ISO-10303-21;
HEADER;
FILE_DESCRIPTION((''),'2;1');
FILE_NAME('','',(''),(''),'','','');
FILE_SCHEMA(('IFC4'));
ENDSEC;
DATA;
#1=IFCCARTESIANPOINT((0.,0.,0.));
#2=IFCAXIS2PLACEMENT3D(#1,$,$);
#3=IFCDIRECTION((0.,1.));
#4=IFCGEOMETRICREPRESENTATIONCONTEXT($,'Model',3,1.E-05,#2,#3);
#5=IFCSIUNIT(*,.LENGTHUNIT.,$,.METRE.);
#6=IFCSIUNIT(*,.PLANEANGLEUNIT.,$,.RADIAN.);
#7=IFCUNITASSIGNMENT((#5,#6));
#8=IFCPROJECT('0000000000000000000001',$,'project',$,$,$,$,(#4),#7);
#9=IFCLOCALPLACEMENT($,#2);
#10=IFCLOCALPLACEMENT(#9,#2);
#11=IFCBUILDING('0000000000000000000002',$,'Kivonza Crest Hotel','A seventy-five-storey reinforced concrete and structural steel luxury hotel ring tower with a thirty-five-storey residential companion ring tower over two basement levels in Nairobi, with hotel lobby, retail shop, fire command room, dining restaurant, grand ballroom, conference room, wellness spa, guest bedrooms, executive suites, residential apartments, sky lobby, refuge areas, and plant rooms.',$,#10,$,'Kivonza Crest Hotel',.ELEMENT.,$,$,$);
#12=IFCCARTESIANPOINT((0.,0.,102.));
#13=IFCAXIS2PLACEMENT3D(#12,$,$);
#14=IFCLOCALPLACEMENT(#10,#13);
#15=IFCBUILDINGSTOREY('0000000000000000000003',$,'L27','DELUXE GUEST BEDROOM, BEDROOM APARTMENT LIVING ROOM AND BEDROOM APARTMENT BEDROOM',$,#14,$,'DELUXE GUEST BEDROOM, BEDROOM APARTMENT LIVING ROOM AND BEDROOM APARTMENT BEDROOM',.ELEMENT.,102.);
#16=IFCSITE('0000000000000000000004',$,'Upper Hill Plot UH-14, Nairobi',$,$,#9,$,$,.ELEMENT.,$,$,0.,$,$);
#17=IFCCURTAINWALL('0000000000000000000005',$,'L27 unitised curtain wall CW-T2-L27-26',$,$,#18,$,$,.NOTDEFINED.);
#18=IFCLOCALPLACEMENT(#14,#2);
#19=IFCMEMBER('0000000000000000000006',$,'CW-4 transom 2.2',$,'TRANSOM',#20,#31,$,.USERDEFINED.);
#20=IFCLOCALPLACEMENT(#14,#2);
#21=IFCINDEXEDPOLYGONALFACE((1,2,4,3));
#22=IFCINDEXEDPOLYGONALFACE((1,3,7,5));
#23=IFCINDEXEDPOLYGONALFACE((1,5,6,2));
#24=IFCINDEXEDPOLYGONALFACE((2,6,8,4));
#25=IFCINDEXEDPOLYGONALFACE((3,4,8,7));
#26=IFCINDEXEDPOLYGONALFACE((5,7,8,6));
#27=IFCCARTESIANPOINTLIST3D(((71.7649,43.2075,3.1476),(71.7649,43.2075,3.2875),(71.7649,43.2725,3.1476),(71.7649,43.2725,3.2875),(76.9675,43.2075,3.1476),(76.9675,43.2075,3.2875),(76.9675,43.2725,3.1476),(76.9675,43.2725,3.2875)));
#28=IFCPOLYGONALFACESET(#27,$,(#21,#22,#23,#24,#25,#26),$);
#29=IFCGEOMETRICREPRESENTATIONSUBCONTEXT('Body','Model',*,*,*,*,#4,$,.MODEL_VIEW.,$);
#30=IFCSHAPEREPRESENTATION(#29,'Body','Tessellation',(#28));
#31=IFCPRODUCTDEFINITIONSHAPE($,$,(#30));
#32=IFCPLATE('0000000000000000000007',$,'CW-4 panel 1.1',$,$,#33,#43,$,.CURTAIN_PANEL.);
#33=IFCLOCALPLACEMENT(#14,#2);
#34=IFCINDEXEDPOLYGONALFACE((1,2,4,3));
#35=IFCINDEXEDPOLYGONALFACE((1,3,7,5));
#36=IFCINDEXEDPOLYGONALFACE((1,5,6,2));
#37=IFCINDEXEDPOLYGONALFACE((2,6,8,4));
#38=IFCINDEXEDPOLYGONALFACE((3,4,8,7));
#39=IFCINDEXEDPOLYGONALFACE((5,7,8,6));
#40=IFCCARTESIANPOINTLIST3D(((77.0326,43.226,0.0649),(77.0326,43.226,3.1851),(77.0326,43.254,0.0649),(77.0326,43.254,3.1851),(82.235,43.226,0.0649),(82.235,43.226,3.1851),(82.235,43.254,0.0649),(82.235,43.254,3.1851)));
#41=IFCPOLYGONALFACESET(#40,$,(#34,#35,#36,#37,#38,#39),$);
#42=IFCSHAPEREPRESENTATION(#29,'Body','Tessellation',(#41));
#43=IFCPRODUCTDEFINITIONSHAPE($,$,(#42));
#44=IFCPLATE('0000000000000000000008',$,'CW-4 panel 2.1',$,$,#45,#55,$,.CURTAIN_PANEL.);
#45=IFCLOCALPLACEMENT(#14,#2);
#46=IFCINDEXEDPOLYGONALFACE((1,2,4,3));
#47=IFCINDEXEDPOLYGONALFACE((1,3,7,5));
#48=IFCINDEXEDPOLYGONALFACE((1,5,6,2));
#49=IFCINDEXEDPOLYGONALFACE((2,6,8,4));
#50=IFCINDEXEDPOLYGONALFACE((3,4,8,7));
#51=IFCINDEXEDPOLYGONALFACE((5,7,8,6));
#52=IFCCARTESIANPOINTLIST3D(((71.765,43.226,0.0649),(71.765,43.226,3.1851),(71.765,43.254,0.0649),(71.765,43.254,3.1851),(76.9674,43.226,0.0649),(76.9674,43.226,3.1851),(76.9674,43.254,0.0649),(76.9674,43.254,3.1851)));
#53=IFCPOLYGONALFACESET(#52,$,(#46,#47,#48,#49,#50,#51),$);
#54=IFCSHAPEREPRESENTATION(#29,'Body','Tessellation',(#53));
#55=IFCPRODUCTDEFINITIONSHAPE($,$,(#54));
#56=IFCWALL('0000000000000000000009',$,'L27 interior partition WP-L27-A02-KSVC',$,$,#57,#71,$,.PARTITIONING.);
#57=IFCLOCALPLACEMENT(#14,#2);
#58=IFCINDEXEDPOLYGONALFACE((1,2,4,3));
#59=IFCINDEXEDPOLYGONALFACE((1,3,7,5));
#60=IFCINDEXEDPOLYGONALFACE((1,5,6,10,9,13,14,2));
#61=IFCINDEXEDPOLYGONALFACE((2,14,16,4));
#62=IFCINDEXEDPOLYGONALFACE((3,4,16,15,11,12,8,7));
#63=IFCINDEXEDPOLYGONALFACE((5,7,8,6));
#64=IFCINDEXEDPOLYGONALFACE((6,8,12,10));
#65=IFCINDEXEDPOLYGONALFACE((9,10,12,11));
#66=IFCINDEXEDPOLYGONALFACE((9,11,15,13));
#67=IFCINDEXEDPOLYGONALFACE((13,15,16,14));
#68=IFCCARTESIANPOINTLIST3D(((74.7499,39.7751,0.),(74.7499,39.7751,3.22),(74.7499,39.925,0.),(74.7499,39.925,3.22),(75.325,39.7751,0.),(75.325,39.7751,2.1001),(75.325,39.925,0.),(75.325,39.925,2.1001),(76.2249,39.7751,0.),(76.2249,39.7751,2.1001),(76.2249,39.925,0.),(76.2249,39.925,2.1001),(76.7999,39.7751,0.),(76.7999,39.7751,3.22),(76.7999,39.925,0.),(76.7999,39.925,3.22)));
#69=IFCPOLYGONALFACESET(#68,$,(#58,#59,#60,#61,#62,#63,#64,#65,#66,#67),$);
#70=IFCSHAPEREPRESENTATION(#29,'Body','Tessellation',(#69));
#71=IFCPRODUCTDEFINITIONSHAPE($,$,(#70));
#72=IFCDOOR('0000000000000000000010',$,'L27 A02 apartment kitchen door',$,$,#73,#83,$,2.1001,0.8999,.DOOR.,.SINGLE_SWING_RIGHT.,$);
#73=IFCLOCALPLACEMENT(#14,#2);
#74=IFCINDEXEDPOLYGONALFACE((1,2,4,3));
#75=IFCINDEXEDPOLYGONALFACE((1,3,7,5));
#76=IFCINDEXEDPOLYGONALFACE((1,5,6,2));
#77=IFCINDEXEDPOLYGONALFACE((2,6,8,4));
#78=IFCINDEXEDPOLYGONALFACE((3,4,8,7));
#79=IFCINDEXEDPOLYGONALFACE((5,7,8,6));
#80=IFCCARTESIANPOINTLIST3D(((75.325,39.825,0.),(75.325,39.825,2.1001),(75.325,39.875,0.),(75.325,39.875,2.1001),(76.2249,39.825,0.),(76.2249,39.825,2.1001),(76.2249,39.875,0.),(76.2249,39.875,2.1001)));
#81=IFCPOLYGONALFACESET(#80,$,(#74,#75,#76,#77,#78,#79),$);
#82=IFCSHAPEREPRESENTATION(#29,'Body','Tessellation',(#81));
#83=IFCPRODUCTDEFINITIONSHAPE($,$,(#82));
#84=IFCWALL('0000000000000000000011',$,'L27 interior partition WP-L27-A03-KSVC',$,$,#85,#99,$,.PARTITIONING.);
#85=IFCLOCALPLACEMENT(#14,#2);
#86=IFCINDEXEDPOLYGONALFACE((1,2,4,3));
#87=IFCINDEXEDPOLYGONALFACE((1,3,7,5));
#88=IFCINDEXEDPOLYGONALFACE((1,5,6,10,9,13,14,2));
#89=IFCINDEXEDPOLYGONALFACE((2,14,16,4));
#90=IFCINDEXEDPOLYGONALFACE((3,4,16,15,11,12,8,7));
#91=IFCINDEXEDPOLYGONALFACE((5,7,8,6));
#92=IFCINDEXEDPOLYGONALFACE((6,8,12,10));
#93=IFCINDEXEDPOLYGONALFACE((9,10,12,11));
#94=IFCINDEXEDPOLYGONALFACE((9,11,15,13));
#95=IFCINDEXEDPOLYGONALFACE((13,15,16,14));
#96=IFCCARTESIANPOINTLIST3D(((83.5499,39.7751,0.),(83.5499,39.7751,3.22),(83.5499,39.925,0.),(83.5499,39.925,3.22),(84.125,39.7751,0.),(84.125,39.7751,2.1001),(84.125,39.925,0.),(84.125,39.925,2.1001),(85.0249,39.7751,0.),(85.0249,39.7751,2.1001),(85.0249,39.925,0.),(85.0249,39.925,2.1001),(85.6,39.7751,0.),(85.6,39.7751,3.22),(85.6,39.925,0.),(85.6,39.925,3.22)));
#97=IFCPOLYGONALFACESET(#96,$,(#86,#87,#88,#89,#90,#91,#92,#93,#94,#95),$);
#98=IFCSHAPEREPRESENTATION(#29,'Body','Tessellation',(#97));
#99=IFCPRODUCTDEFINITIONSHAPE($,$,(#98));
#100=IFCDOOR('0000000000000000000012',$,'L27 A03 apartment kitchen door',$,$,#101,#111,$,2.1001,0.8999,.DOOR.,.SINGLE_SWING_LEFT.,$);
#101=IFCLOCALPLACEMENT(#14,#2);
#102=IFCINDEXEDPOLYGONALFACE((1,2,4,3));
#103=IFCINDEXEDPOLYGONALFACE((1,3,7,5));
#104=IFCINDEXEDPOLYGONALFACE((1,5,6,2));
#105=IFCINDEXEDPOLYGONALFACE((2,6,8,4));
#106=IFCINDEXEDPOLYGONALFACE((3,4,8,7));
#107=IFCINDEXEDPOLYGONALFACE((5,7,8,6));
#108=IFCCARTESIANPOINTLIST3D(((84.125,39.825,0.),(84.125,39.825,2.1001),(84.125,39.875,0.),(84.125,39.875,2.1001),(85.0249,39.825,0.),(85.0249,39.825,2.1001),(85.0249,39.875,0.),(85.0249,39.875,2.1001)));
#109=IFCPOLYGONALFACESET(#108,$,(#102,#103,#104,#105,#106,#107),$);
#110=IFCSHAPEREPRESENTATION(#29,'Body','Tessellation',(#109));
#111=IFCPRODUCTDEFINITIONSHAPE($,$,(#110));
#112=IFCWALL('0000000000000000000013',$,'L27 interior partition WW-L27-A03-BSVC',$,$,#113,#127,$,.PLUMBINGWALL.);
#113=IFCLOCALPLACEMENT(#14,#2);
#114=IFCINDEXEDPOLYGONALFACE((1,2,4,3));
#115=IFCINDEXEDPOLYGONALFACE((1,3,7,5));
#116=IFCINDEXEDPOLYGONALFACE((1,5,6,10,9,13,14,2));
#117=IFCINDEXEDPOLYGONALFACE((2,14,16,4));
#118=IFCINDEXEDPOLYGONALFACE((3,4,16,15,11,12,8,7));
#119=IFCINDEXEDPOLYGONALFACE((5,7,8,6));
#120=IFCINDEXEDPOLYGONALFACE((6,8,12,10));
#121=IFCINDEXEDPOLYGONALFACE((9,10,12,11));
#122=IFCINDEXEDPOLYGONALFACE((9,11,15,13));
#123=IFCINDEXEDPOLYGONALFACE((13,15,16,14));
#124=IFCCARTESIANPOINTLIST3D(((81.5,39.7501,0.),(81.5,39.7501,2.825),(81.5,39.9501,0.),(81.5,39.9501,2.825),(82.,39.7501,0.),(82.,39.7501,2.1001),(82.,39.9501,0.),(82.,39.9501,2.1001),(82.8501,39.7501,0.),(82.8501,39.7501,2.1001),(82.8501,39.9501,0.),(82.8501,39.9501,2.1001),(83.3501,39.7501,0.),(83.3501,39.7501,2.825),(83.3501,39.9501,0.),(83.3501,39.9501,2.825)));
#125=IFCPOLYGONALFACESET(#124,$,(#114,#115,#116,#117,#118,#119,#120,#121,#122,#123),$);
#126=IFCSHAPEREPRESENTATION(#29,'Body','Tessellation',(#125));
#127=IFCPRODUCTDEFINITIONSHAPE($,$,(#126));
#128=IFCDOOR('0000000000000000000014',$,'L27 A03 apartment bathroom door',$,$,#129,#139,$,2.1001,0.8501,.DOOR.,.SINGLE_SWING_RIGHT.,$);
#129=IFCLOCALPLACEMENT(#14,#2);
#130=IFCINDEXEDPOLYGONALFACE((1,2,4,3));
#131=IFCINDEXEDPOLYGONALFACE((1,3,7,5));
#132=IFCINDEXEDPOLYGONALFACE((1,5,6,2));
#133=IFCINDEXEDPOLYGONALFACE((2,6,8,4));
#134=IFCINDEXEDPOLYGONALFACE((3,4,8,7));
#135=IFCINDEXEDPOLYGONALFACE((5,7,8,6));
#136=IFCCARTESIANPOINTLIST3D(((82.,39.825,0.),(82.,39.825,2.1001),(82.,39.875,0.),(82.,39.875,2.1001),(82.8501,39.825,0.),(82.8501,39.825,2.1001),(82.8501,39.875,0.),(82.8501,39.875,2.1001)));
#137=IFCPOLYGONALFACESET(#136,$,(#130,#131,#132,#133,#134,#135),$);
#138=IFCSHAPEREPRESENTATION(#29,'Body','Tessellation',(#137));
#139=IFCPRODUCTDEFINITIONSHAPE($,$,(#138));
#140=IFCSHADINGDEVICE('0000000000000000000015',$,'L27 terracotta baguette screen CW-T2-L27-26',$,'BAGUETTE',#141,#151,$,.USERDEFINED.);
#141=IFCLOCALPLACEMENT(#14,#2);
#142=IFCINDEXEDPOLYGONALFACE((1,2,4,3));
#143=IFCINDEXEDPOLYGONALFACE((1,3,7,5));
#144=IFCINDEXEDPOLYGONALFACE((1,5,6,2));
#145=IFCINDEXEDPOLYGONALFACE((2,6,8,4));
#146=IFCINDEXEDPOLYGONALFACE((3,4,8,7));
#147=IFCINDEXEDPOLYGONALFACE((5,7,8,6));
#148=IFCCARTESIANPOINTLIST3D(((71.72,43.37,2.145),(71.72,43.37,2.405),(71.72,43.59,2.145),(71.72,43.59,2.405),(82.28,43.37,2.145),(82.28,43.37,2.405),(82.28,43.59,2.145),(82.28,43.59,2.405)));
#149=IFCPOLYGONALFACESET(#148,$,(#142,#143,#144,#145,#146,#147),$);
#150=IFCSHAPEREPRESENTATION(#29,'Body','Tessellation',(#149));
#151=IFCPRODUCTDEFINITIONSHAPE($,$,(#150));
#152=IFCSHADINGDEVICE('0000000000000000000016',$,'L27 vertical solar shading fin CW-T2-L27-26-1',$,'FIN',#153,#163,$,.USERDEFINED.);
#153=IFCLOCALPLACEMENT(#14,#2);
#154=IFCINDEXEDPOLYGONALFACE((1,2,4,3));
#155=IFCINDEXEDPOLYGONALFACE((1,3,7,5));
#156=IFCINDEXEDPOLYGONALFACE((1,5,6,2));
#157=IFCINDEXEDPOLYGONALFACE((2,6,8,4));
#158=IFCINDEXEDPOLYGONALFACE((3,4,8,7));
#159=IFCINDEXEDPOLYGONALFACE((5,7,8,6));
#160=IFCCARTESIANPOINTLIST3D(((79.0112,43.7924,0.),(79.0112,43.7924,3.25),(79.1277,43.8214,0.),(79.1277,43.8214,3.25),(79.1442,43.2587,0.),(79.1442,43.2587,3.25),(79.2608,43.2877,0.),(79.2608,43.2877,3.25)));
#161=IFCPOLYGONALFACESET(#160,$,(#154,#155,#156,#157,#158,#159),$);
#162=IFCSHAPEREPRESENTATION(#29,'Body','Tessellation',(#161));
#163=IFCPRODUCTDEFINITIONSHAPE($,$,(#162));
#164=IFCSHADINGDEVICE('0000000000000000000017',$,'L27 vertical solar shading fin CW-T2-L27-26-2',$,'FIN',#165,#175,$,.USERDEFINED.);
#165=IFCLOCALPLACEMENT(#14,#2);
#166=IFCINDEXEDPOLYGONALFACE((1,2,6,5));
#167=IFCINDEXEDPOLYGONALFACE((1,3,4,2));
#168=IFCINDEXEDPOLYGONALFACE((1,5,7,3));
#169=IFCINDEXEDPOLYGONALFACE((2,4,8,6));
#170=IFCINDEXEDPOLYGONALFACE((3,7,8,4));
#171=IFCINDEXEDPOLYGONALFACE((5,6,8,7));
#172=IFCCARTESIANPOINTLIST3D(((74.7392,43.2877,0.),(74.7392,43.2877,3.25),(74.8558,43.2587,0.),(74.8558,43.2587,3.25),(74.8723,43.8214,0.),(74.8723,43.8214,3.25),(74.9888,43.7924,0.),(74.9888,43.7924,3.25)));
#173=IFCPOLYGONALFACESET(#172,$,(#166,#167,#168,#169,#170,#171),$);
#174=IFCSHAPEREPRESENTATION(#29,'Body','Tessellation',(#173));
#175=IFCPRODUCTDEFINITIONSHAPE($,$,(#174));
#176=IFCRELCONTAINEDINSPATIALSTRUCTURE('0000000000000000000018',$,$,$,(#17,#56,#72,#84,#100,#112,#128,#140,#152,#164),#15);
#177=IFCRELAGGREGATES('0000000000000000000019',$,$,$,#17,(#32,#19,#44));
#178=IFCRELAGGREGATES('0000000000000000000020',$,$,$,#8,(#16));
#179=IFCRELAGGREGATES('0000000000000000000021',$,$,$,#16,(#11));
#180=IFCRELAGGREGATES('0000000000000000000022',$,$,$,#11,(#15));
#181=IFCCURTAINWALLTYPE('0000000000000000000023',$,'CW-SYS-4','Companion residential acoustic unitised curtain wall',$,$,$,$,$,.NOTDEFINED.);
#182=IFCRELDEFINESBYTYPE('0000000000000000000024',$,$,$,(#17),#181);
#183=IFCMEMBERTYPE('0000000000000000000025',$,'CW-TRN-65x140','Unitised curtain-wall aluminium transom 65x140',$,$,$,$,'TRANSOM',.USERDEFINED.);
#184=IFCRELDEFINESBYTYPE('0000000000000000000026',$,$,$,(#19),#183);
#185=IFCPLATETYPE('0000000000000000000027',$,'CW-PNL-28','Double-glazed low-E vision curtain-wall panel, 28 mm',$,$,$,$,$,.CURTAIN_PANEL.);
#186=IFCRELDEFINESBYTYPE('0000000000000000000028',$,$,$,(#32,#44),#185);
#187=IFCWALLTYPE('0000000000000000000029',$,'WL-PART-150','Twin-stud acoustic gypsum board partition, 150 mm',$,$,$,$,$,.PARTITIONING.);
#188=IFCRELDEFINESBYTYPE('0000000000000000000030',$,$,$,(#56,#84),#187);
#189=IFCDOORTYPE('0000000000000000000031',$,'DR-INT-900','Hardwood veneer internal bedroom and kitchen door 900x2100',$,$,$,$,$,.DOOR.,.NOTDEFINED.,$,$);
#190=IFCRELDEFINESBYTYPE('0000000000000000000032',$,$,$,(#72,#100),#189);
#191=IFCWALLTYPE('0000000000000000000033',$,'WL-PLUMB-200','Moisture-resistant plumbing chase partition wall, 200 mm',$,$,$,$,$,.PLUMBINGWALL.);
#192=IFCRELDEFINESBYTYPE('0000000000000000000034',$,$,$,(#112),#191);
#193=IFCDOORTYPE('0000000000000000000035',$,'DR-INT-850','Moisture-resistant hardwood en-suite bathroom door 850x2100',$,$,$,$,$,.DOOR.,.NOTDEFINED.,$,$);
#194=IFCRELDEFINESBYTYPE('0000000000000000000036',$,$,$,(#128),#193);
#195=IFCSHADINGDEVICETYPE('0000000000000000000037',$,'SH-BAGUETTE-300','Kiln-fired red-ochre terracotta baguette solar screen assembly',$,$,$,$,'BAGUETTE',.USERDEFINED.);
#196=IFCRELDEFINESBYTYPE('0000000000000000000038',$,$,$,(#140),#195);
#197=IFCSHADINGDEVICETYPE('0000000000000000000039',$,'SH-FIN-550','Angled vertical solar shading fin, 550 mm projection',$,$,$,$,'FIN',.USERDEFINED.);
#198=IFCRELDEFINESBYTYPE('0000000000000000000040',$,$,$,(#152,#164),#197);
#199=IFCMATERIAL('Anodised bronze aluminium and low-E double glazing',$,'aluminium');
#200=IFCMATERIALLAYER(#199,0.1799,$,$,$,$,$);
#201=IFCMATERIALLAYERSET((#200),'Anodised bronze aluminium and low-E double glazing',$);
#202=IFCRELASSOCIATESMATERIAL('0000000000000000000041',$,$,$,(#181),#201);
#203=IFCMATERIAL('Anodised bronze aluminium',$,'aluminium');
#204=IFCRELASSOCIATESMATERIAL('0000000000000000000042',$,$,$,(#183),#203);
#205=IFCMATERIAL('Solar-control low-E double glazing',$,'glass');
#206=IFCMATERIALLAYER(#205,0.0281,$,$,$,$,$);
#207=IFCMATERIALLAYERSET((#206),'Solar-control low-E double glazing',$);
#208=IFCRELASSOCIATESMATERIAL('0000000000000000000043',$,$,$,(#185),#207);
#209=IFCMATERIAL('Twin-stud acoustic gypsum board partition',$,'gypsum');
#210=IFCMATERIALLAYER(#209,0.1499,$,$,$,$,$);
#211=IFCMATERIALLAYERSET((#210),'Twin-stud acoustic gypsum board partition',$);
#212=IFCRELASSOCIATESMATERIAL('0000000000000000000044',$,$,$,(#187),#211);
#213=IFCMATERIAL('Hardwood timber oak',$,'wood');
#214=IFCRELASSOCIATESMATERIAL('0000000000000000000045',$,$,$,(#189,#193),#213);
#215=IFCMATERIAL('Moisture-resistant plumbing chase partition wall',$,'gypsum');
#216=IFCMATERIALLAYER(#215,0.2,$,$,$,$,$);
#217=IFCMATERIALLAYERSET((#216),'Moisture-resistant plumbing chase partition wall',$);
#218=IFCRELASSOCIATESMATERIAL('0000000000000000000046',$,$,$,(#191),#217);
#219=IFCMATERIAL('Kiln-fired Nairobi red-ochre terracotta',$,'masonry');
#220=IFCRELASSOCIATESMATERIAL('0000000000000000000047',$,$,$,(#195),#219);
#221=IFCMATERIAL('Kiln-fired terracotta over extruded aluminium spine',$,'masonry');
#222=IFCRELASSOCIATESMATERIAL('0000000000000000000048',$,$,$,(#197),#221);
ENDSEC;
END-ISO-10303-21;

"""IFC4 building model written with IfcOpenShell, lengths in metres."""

from ifc_helpers import new_model, si_unit, direction, frame, frame_2d, origin, origin_2d, place, context, subcontext, project, spatial, rectangle, extrude, material, layer, layer_set, material_profile, profile_set, type_object, element, fill, aggregate, save


model = new_model("IFC4")

# Units and contexts
model_context = context("Model", 3, precision=1e-05, world=origin(), true_north=direction((0.0, 1.0)))
body_context = subcontext(model_context, "Body", "Model", "MODEL_VIEW")
ifc_project = project(units=[si_unit("LENGTHUNIT", "METRE"), si_unit("PLANEANGLEUNIT", "RADIAN")], contexts=[model_context])

# Site, building, storey
site_placement = place(None, origin())
site = spatial("IfcSite", under=ifc_project, at=site_placement, Name="Upper Hill Plot UH-14, Nairobi", CompositionType="ELEMENT", RefElevation=0.0)
building_placement = place(site_placement, origin())
building = spatial("IfcBuilding", under=site, at=building_placement, Name="Kivonza Crest Hotel", Description="A seventy-five-storey reinforced concrete and structural steel luxury hotel ring tower with a thirty-five-storey residential companion ring tower over two basement levels in Nairobi, with hotel lobby, retail shop, fire command room, dining restaurant, grand ballroom, conference room, wellness spa, guest bedrooms, executive suites, residential apartments, sky lobby, refuge areas, and plant rooms.", LongName="Kivonza Crest Hotel", CompositionType="ELEMENT")
storey_placement = place(building_placement, frame((0.0, 0.0, 102.0)))
storey = spatial("IfcBuildingStorey", under=building, at=storey_placement, Name="L27", Description="DELUXE GUEST BEDROOM, BEDROOM APARTMENT LIVING ROOM AND BEDROOM APARTMENT BEDROOM", LongName="DELUXE GUEST BEDROOM, BEDROOM APARTMENT LIVING ROOM AND BEDROOM APARTMENT BEDROOM", CompositionType="ELEMENT", Elevation=102.0)

# Curtain wall, member, plates
ifc_material_1 = material(Name="Anodised bronze aluminium and low-E double glazing", Category="aluminium")
ifc_layer_1 = layer(ifc_material_1, 0.1799)
ifc_layer_set_1 = layer_set([ifc_layer_1], Name="Anodised bronze aluminium and low-E double glazing")
curtain_wall_type = type_object("IfcCurtainWallType", Name="CW-SYS-4", Description="Companion residential acoustic unitised curtain wall", PredefinedType="NOTDEFINED", material=ifc_layer_set_1)
curtain_wall_placement = place(storey_placement, origin())
curtain_wall = element("IfcCurtainWall", 1, at=curtain_wall_placement, inside=storey, type_object=curtain_wall_type, Name="L27 unitised curtain wall CW-T2-L27-26", PredefinedType="NOTDEFINED")
ifc_material_2 = material(Name="Anodised bronze aluminium", Category="aluminium")
ifc_material_profile_1 = material_profile(ifc_material_2, rectangle(XDim=0.0649, YDim=0.1399, at=origin_2d()), Name="CW-T 65x140")
ifc_profile_set_1 = profile_set([ifc_material_profile_1], Name="Anodised bronze aluminium")
member_type_1 = type_object("IfcMemberType", Name="CW-TRN-65x140", Description="Unitised curtain-wall aluminium transom 65x140", ElementType="TRANSOM", PredefinedType="USERDEFINED", material=ifc_profile_set_1)
member_1_placement = place(storey_placement, frame((76.9675, 43.24, 3.2175), z_axis=(-1.0, 0.0, 0.0), x_axis=(0.0, -1.0, 0.0)))
member_1 = element("IfcMember", 2, at=member_1_placement, type_object=member_type_1, Name="CW-4 transom 2.2", ObjectType="TRANSOM", PredefinedType="USERDEFINED", context=body_context, shape_type="SweptSolid", body=[
    extrude(rectangle(XDim=0.0649, YDim=0.1399, at=origin_2d()), origin(), (0.0, 0.0, 1.0), 5.2026),
])
ifc_material_3 = material(Name="Solar-control low-E double glazing", Category="glass")
ifc_layer_2 = layer(ifc_material_3, 0.0281)
ifc_layer_set_2 = layer_set([ifc_layer_2], Name="Solar-control low-E double glazing")
plate_type = type_object("IfcPlateType", Name="CW-PNL-28", Description="Double-glazed low-E vision curtain-wall panel, 28 mm", PredefinedType="CURTAIN_PANEL", material=ifc_layer_set_2)
plate_1_placement = place(storey_placement, frame((79.6338, 43.24, 0.0649), z_axis=(0.0, 0.0, 1.0), x_axis=(-1.0, 0.0, 0.0)))
plate_1 = element("IfcPlate", 3, at=plate_1_placement, type_object=plate_type, Name="CW-4 panel 1.1", PredefinedType="CURTAIN_PANEL", context=body_context, shape_type="SweptSolid", body=[
    extrude(rectangle(XDim=5.2024, YDim=0.0281, at=origin_2d()), origin(), (0.0, 0.0, 1.0), 3.1201),
])
plate_2_placement = place(storey_placement, frame((74.3662, 43.24, 0.0649), z_axis=(0.0, 0.0, 1.0), x_axis=(-1.0, 0.0, 0.0)))
plate_2 = element("IfcPlate", 4, at=plate_2_placement, type_object=plate_type, Name="CW-4 panel 2.1", PredefinedType="CURTAIN_PANEL", context=body_context, shape_type="SweptSolid", body=[
    extrude(rectangle(XDim=5.2024, YDim=0.0281, at=origin_2d()), origin(), (0.0, 0.0, 1.0), 3.1201),
])
aggregate(curtain_wall, [plate_1, member_1, plate_2])

# Walls, openings, doors
ifc_material_4 = material(Name="Twin-stud acoustic gypsum board partition", Category="gypsum")
ifc_layer_3 = layer(ifc_material_4, 0.1499)
ifc_layer_set_3 = layer_set([ifc_layer_3], Name="Twin-stud acoustic gypsum board partition")
wall_type_1 = type_object("IfcWallType", Name="WL-PART-150", Description="Twin-stud acoustic gypsum board partition, 150 mm", PredefinedType="PARTITIONING", material=ifc_layer_set_3)
wall_1_placement = place(storey_placement, frame((74.75, 39.8501, 0.0), z_axis=(0.0, 0.0, 1.0), x_axis=(1.0, 0.0, 0.0)))
wall_1 = element("IfcWall", 5, at=wall_1_placement, inside=storey, type_object=wall_type_1, Name="L27 interior partition WP-L27-A02-KSVC", PredefinedType="PARTITIONING", context=body_context, shape_type="SweptSolid", body=[
    extrude(rectangle(XDim=2.05, YDim=0.1499, at=frame_2d((1.0249, 0.0))), origin(), (0.0, 0.0, 1.0), 3.22),
])
opening_1_placement = place(wall_1_placement, frame((0.575, 0.0, 0.0)))
opening_1 = element("IfcOpeningElement", 6, at=opening_1_placement, cuts=wall_1, PredefinedType="OPENING", context=body_context, shape_type="SweptSolid", body=[
    extrude(rectangle(XDim=0.8999, YDim=2.1001, at=frame_2d((0.45, 1.05))), frame((0.0, 0.085, 0.0), z_axis=(0.0, -1.0, 0.0), x_axis=(1.0, 0.0, 0.0)), (0.0, 0.0, 1.0), 0.1699),
])
ifc_material_5 = material(Name="Hardwood timber oak", Category="wood")
door_type_1 = type_object("IfcDoorType", Name="DR-INT-900", Description="Hardwood veneer internal bedroom and kitchen door 900x2100", OperationType="NOTDEFINED", PredefinedType="DOOR", material=ifc_material_5)
door_1_placement = place(opening_1_placement, origin())
door_1 = element("IfcDoor", 7, at=door_1_placement, inside=storey, type_object=door_type_1, Name="L27 A02 apartment kitchen door", OperationType="SINGLE_SWING_RIGHT", OverallHeight=2.1001, OverallWidth=0.8999, PredefinedType="DOOR", context=body_context, shape_type="SweptSolid", body=[
    extrude(rectangle(XDim=0.8999, YDim=2.1001, at=frame_2d((0.45, 1.05))), frame((0.0, 0.0249, 0.0), z_axis=(0.0, -1.0, 0.0), x_axis=(1.0, 0.0, 0.0)), (0.0, 0.0, 1.0), 0.05),
])
fill(opening_1, door_1)
wall_2_placement = place(storey_placement, frame((83.55, 39.8501, 0.0), z_axis=(0.0, 0.0, 1.0), x_axis=(1.0, 0.0, 0.0)))
wall_2 = element("IfcWall", 8, at=wall_2_placement, inside=storey, type_object=wall_type_1, Name="L27 interior partition WP-L27-A03-KSVC", PredefinedType="PARTITIONING", context=body_context, shape_type="SweptSolid", body=[
    extrude(rectangle(XDim=2.05, YDim=0.1499, at=frame_2d((1.0249, 0.0))), origin(), (0.0, 0.0, 1.0), 3.22),
])
opening_2_placement = place(wall_2_placement, frame((0.575, 0.0, 0.0)))
opening_2 = element("IfcOpeningElement", 9, at=opening_2_placement, cuts=wall_2, PredefinedType="OPENING", context=body_context, shape_type="SweptSolid", body=[
    extrude(rectangle(XDim=0.8999, YDim=2.1001, at=frame_2d((0.45, 1.05))), frame((0.0, 0.085, 0.0), z_axis=(0.0, -1.0, 0.0), x_axis=(1.0, 0.0, 0.0)), (0.0, 0.0, 1.0), 0.1699),
])
door_2_placement = place(opening_2_placement, origin())
door_2 = element("IfcDoor", 10, at=door_2_placement, inside=storey, type_object=door_type_1, Name="L27 A03 apartment kitchen door", OperationType="SINGLE_SWING_LEFT", OverallHeight=2.1001, OverallWidth=0.8999, PredefinedType="DOOR", context=body_context, shape_type="SweptSolid", body=[
    extrude(rectangle(XDim=0.8999, YDim=2.1001, at=frame_2d((0.45, 1.05))), frame((0.0, 0.0249, 0.0), z_axis=(0.0, -1.0, 0.0), x_axis=(1.0, 0.0, 0.0)), (0.0, 0.0, 1.0), 0.05),
])
fill(opening_2, door_2)
ifc_material_6 = material(Name="Moisture-resistant plumbing chase partition wall", Category="gypsum")
ifc_layer_4 = layer(ifc_material_6, 0.2)
ifc_layer_set_4 = layer_set([ifc_layer_4], Name="Moisture-resistant plumbing chase partition wall")
wall_type_2 = type_object("IfcWallType", Name="WL-PLUMB-200", Description="Moisture-resistant plumbing chase partition wall, 200 mm", PredefinedType="PLUMBINGWALL", material=ifc_layer_set_4)
wall_3_placement = place(storey_placement, frame((81.5, 39.8501, 0.0), z_axis=(0.0, 0.0, 1.0), x_axis=(1.0, 0.0, 0.0)))
wall_3 = element("IfcWall", 11, at=wall_3_placement, inside=storey, type_object=wall_type_2, Name="L27 interior partition WW-L27-A03-BSVC", PredefinedType="PLUMBINGWALL", context=body_context, shape_type="SweptSolid", body=[
    extrude(rectangle(XDim=1.8501, YDim=0.2, at=frame_2d((0.925, 0.0))), origin(), (0.0, 0.0, 1.0), 2.825),
])
opening_3_placement = place(wall_3_placement, frame((0.5, 0.0, 0.0)))
opening_3 = element("IfcOpeningElement", 12, at=opening_3_placement, cuts=wall_3, PredefinedType="OPENING", context=body_context, shape_type="SweptSolid", body=[
    extrude(rectangle(XDim=0.8501, YDim=2.1001, at=frame_2d((0.425, 1.05))), frame((0.0, 0.1099, 0.0), z_axis=(0.0, -1.0, 0.0), x_axis=(1.0, 0.0, 0.0)), (0.0, 0.0, 1.0), 0.22),
])
door_type_2 = type_object("IfcDoorType", Name="DR-INT-850", Description="Moisture-resistant hardwood en-suite bathroom door 850x2100", OperationType="NOTDEFINED", PredefinedType="DOOR", material=ifc_material_5)
door_3_placement = place(opening_3_placement, origin())
door_3 = element("IfcDoor", 13, at=door_3_placement, inside=storey, type_object=door_type_2, Name="L27 A03 apartment bathroom door", OperationType="SINGLE_SWING_RIGHT", OverallHeight=2.1001, OverallWidth=0.8501, PredefinedType="DOOR", context=body_context, shape_type="SweptSolid", body=[
    extrude(rectangle(XDim=0.8501, YDim=2.1001, at=frame_2d((0.425, 1.05))), frame((0.0, 0.0249, 0.0), z_axis=(0.0, -1.0, 0.0), x_axis=(1.0, 0.0, 0.0)), (0.0, 0.0, 1.0), 0.05),
])
fill(opening_3, door_3)

# Shading devices
ifc_material_7 = material(Name="Kiln-fired Nairobi red-ochre terracotta", Category="masonry")
shading_device_type_1 = type_object("IfcShadingDeviceType", Name="SH-BAGUETTE-300", Description="Kiln-fired red-ochre terracotta baguette solar screen assembly", ElementType="BAGUETTE", PredefinedType="USERDEFINED", material=ifc_material_7)
shading_device_placement = place(storey_placement, frame((77.0, 43.48, 2.145), z_axis=(0.0, 0.0, 1.0), x_axis=(-1.0, 0.0, 0.0)))
element("IfcShadingDevice", 14, at=shading_device_placement, inside=storey, type_object=shading_device_type_1, Name="L27 terracotta baguette screen CW-T2-L27-26", ObjectType="BAGUETTE", PredefinedType="USERDEFINED", context=body_context, shape_type="SweptSolid", body=[
    extrude(rectangle(XDim=10.5601, YDim=0.22, at=origin_2d()), origin(), (0.0, 0.0, 1.0), 0.26),
])
ifc_material_8 = material(Name="Kiln-fired terracotta over extruded aluminium spine", Category="masonry")
shading_device_type_2 = type_object("IfcShadingDeviceType", Name="SH-FIN-550", Description="Angled vertical solar shading fin, 550 mm projection", ElementType="FIN", PredefinedType="USERDEFINED", material=ifc_material_8)
for number, where, z_axis, x_axis, name in (
    (15, (79.136, 43.54, 0.0), (0.0, 0.0, 1.0), (-0.970296, -0.241922, 0.0), "L27 vertical solar shading fin CW-T2-L27-26-1"),
    (16, (74.864, 43.54, 0.0), (0.0, 0.0, 1.0), (-0.970296, 0.241922, 0.0), "L27 vertical solar shading fin CW-T2-L27-26-2"),
):
    element("IfcShadingDevice", number, at=place(storey_placement, frame(where, z_axis=z_axis, x_axis=x_axis)), inside=storey, type_object=shading_device_type_2, Name=name, ObjectType="FIN", PredefinedType="USERDEFINED", context=body_context, shape_type="SweptSolid", body=[
        extrude(rectangle(XDim=0.1201, YDim=0.55, at=origin_2d()), origin(), (0.0, 0.0, 1.0), 3.25),
    ])

save(model, "model.ifc")
